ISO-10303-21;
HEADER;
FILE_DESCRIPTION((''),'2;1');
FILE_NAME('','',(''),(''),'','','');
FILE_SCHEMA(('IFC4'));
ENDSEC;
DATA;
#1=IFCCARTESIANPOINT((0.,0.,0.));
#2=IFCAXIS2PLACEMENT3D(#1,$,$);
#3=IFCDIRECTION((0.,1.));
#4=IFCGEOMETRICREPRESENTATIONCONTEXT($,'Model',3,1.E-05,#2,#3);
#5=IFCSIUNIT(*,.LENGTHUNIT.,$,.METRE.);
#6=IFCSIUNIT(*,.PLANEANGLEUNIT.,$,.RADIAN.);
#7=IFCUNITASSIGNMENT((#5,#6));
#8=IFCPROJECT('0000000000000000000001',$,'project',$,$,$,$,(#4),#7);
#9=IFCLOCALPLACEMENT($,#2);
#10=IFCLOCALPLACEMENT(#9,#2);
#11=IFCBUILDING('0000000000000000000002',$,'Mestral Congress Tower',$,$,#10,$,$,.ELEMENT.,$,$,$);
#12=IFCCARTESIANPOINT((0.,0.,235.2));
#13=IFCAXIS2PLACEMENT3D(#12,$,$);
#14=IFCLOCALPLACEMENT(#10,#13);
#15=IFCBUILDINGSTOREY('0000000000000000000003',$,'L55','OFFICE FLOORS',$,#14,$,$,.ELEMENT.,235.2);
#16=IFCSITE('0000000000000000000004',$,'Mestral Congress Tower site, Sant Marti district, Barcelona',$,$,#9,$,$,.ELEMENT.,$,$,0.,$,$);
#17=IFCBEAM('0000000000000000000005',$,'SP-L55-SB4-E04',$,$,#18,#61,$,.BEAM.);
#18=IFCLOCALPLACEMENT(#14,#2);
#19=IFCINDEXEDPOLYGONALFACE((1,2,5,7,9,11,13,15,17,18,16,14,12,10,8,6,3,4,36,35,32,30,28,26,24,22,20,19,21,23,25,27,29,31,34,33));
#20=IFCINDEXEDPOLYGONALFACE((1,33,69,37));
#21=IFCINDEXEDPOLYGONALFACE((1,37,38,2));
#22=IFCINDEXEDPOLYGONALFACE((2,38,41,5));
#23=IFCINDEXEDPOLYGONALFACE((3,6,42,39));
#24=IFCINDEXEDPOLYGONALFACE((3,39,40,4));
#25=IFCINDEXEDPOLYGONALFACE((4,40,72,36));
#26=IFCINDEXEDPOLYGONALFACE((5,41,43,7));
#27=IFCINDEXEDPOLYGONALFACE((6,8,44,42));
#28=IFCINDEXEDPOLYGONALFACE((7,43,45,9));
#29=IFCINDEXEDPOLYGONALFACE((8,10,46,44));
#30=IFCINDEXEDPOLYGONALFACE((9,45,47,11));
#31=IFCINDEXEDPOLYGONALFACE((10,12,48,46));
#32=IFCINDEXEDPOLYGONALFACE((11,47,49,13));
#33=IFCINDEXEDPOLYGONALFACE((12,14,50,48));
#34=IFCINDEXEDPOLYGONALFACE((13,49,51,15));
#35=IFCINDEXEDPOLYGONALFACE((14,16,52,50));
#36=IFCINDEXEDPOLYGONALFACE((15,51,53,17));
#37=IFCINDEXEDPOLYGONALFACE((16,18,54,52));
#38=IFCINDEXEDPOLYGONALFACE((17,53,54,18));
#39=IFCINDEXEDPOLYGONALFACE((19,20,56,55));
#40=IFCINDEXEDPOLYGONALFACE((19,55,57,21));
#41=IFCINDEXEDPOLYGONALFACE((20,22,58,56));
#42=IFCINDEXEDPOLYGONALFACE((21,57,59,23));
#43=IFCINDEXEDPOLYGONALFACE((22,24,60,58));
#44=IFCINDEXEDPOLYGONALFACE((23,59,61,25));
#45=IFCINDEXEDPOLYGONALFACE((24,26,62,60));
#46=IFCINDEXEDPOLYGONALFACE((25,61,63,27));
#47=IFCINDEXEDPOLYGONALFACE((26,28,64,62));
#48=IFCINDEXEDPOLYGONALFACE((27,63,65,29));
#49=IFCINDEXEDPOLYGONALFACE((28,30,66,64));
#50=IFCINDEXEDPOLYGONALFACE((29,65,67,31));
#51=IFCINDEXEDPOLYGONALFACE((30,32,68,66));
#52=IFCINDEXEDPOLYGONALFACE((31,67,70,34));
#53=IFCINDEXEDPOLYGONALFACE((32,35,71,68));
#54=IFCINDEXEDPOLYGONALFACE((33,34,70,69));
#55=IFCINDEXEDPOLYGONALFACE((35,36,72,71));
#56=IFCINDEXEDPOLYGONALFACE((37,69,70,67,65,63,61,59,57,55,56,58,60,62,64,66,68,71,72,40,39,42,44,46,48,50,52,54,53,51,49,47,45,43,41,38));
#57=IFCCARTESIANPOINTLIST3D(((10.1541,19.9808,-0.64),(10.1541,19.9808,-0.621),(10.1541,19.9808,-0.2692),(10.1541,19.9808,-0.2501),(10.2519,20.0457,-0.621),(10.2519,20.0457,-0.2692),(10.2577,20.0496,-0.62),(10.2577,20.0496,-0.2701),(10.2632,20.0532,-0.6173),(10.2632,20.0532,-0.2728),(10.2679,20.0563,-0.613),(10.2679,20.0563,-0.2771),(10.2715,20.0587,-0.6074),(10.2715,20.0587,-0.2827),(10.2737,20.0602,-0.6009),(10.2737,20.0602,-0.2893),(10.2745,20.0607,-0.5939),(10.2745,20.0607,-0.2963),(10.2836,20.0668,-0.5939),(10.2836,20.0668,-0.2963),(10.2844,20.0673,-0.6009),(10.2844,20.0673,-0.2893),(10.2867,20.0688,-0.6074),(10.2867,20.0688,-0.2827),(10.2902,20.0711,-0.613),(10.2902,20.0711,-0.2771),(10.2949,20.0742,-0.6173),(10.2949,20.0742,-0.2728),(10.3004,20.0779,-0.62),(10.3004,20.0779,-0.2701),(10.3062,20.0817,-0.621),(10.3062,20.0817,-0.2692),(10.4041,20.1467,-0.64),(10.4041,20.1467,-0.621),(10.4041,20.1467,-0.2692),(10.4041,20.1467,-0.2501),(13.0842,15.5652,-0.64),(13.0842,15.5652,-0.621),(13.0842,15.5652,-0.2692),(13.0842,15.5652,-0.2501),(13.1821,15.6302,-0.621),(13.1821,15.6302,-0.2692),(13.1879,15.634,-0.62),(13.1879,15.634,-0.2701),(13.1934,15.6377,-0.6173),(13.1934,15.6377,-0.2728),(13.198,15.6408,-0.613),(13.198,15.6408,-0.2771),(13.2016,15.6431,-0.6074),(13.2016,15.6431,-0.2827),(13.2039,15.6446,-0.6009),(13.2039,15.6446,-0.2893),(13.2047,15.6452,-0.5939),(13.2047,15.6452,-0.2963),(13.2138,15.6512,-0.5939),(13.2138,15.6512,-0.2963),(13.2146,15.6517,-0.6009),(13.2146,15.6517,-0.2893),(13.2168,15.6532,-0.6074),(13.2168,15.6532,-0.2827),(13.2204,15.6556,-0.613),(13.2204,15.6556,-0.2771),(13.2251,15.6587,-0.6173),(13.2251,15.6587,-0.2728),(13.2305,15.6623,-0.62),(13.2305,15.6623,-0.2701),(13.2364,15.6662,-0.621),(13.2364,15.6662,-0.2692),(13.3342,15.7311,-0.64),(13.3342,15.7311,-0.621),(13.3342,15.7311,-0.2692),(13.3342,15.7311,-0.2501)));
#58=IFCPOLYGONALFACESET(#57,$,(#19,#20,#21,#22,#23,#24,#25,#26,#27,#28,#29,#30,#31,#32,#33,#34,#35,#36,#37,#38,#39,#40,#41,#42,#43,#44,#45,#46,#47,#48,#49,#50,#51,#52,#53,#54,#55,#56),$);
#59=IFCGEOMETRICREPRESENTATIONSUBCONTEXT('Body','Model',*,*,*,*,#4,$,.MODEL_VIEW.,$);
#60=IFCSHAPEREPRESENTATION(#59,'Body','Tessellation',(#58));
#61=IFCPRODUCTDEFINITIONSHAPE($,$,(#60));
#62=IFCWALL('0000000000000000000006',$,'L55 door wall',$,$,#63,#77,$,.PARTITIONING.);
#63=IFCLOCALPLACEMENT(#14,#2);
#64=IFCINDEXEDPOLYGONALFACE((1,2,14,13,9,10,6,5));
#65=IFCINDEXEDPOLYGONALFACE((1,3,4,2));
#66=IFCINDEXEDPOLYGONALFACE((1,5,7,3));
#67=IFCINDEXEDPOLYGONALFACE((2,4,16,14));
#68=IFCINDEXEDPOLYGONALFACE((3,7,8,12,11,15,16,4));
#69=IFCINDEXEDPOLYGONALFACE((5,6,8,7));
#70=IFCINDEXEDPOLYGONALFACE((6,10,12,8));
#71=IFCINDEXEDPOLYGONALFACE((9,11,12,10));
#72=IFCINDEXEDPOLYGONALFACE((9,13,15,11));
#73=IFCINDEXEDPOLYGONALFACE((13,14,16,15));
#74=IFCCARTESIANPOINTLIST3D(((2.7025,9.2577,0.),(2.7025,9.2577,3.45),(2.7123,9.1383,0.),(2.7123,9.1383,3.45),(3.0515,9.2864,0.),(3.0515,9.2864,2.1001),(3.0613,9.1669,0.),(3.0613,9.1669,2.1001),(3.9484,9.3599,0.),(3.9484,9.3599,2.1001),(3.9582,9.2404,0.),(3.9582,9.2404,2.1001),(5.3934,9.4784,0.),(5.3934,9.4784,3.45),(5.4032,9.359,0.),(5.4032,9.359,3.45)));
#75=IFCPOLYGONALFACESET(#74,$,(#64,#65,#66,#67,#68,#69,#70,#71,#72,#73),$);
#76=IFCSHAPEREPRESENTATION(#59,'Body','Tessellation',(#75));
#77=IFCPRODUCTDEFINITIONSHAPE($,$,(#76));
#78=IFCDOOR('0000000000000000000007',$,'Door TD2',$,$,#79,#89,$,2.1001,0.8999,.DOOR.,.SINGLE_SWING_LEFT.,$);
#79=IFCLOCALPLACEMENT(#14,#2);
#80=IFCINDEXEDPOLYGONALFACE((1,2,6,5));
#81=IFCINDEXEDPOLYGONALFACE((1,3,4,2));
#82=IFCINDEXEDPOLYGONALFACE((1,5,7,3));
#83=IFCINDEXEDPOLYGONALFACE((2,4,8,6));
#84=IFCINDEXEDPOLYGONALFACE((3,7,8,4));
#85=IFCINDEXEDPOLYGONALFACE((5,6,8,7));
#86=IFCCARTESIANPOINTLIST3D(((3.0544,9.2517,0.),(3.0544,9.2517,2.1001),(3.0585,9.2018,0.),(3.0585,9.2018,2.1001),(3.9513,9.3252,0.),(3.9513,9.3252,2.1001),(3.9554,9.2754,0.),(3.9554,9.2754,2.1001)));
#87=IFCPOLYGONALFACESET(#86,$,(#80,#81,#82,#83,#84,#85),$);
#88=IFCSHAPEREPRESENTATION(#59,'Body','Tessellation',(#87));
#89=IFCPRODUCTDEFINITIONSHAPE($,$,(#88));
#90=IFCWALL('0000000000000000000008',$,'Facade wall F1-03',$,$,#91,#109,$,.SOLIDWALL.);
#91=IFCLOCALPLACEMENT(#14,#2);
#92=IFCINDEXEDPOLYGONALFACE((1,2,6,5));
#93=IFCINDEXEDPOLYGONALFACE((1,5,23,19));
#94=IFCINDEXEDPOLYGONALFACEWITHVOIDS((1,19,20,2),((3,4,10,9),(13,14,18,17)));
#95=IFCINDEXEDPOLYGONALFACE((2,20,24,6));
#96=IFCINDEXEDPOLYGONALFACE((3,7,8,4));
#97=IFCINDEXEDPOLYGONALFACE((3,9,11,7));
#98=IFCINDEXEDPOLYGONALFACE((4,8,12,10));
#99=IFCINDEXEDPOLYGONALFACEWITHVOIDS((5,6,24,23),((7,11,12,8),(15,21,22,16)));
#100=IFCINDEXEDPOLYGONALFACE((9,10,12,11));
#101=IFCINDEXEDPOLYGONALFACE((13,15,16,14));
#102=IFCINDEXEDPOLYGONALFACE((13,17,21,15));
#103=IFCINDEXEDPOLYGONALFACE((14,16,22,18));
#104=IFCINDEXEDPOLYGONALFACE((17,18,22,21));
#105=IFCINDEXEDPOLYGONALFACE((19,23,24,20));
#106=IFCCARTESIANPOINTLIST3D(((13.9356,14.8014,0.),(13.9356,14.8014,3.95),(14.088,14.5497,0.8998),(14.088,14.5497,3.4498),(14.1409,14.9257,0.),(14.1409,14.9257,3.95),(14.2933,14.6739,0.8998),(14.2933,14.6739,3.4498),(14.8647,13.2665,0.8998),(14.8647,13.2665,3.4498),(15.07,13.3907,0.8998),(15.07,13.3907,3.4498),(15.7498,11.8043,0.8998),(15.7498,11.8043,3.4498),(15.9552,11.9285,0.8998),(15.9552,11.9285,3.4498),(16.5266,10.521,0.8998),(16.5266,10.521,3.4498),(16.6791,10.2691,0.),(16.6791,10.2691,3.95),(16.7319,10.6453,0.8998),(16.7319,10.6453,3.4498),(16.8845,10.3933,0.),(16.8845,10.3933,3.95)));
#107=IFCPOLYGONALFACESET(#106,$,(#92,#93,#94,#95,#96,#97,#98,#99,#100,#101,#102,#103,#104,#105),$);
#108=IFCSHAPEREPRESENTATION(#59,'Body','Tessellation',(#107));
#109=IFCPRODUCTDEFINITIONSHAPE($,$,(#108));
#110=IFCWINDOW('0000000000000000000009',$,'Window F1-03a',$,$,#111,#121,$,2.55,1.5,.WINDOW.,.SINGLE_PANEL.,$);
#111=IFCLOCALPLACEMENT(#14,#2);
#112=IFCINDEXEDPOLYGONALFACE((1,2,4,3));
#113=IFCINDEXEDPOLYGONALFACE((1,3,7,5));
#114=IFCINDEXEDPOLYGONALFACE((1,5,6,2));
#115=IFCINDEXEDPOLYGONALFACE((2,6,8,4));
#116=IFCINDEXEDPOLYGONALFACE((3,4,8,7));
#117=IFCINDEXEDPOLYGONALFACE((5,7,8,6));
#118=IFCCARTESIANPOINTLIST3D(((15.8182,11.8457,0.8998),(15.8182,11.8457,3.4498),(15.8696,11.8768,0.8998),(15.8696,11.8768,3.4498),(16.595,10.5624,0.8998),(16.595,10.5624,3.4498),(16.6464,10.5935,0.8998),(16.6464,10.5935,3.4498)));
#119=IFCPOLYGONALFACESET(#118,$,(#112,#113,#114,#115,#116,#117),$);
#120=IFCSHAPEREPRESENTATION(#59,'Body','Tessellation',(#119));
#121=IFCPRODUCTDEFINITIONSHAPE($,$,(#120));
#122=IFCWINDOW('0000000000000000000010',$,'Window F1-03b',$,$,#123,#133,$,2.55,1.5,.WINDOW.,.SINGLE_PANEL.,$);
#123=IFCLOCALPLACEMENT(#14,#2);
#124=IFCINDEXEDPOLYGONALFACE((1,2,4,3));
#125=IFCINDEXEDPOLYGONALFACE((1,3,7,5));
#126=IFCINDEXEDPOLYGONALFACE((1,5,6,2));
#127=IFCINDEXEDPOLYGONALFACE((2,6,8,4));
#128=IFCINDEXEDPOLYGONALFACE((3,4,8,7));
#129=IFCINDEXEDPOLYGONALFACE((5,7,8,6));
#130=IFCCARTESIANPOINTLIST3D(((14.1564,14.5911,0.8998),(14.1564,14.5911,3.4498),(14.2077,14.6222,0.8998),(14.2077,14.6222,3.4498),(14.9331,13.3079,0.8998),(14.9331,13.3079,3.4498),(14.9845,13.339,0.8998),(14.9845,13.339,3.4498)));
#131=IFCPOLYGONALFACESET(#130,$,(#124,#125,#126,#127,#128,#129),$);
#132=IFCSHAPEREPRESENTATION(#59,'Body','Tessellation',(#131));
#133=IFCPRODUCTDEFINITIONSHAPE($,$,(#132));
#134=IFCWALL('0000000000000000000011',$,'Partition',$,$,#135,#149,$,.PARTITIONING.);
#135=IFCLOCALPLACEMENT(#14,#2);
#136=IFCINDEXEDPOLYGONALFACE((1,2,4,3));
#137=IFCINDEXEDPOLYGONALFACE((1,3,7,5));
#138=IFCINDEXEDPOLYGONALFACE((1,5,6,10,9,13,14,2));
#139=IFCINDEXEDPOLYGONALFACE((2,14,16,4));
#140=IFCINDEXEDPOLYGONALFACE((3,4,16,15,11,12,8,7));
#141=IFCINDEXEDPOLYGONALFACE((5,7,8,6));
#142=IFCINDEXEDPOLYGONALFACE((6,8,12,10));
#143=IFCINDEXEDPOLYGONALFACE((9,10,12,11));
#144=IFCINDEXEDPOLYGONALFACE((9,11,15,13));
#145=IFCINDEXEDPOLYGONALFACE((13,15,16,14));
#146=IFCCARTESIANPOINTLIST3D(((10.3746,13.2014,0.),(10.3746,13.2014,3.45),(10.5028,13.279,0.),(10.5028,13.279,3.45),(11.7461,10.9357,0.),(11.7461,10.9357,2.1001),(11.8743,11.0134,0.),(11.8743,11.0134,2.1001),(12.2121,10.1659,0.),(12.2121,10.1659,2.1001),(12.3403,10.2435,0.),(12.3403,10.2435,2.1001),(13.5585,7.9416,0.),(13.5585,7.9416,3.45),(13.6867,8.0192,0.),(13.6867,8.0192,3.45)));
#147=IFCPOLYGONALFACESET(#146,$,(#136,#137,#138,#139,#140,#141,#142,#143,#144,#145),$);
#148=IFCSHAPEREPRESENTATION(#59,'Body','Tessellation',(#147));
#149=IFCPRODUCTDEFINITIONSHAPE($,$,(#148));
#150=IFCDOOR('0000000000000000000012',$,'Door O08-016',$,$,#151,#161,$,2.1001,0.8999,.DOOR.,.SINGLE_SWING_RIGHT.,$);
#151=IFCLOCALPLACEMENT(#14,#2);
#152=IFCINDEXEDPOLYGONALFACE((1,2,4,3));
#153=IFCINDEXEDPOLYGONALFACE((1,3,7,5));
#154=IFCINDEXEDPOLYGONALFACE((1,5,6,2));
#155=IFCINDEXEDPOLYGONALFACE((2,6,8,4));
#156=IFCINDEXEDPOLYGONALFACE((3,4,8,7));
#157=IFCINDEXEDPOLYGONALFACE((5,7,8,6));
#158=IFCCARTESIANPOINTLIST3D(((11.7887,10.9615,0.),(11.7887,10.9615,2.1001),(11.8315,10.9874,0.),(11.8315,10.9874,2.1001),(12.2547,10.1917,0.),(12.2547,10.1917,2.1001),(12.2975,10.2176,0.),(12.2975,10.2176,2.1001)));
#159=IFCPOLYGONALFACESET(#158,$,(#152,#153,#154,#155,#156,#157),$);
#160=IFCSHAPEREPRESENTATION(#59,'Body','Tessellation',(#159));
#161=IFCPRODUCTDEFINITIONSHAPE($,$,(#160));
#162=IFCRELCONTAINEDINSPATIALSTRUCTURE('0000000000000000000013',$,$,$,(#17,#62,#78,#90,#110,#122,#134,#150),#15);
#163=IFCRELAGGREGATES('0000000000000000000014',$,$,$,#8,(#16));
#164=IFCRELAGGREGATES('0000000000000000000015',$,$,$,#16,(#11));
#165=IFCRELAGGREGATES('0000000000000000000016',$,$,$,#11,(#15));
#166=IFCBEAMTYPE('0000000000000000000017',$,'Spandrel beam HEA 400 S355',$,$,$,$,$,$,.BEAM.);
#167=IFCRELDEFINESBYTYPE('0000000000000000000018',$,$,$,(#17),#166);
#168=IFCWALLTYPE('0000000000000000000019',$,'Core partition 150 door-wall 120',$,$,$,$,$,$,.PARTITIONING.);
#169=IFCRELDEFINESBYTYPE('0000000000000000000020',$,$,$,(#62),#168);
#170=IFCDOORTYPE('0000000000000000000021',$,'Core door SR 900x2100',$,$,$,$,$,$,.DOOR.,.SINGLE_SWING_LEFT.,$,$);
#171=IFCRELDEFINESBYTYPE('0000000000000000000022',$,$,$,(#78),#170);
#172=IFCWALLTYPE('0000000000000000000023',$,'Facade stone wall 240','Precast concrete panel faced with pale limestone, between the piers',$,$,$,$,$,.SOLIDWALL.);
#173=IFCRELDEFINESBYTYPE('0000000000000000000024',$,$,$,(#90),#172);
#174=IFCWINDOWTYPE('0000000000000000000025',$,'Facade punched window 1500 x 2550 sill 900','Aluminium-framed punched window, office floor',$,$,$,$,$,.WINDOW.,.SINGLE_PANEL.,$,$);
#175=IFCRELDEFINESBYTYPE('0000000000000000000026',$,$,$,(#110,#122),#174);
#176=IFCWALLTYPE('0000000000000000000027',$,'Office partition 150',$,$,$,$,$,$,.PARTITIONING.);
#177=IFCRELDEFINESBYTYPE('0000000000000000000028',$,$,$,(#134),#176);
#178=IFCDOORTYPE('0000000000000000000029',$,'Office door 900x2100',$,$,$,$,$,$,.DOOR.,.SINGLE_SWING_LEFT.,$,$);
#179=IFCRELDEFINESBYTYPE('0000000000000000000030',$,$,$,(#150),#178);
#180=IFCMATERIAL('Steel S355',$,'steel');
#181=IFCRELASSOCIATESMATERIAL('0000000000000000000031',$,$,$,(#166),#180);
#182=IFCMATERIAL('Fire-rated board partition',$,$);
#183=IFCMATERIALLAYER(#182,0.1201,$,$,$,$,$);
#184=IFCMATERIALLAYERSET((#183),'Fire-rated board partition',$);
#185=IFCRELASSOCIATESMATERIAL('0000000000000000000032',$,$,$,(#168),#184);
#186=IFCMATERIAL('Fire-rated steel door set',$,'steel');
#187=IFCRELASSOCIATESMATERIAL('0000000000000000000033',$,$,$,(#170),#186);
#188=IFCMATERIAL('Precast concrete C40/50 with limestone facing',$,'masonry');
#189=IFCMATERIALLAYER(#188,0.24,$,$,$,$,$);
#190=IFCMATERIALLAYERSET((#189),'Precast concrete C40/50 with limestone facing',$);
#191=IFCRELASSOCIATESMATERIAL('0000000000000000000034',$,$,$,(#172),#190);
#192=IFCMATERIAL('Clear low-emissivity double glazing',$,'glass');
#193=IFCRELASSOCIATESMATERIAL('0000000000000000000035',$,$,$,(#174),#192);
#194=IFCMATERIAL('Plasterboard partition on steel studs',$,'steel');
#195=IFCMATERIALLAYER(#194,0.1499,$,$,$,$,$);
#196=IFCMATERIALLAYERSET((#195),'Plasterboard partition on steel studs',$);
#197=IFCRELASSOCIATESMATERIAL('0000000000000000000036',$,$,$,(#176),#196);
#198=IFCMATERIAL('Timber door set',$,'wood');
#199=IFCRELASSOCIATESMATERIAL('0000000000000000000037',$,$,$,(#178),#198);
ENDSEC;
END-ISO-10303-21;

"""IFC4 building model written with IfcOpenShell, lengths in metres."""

from ifc_helpers import new_model, si_unit, direction, frame, frame_2d, origin, origin_2d, place, context, subcontext, project, spatial, rectangle, i_section, extrude, material, layer, layer_set, material_profile, profile_set, type_object, element, fill, save


model = new_model("IFC4")

# Units and contexts
model_context = context("Model", 3, precision=1e-05, world=origin(), true_north=direction((0.0, 1.0)))
body_context = subcontext(model_context, "Body", "Model", "MODEL_VIEW")
ifc_project = project(units=[si_unit("LENGTHUNIT", "METRE"), si_unit("PLANEANGLEUNIT", "RADIAN")], contexts=[model_context])

# Site, building, storey
site_placement = place(None, origin())
site = spatial("IfcSite", under=ifc_project, at=site_placement, Name="Mestral Congress Tower site, Sant Marti district, Barcelona", CompositionType="ELEMENT", RefElevation=0.0)
building_placement = place(site_placement, origin())
building = spatial("IfcBuilding", under=site, at=building_placement, Name="Mestral Congress Tower", CompositionType="ELEMENT")
storey_placement = place(building_placement, frame((0.0, 0.0, 235.2)))
storey = spatial("IfcBuildingStorey", under=building, at=storey_placement, Name="L55", Description="OFFICE FLOORS", CompositionType="ELEMENT", Elevation=235.2)

# Beam
ifc_material_1 = material(Name="Steel S355", Category="steel")
ifc_material_profile_1 = material_profile(ifc_material_1, i_section(OverallWidth=0.3, OverallDepth=0.3899, WebThickness=0.011, FlangeThickness=0.019, FilletRadius=0.0271, at=origin_2d()), Name="HEA 400")
ifc_profile_set_1 = profile_set([ifc_material_profile_1], Name="Steel S355")
beam_type_1 = type_object("IfcBeamType", Name="Spandrel beam HEA 400 S355", PredefinedType="BEAM", material=ifc_profile_set_1)
for number, where, z_axis, x_axis, name in (
    (1, (13.2092, 15.6482, -0.4451), (-0.552934, 0.833225, 0.0), (-0.833225, -0.552934, 0.0), "SP-L55-SB4-E04"),
):
    element("IfcBeam", number, at=place(storey_placement, frame(where, z_axis=z_axis, x_axis=x_axis)), inside=storey, type_object=beam_type_1, Name=name, PredefinedType="BEAM", context=body_context, shape_type="SweptSolid", body=[
        extrude(i_section(OverallWidth=0.3, OverallDepth=0.3899, WebThickness=0.011, FlangeThickness=0.019, FilletRadius=0.0271, at=origin_2d()), origin(), (0.0, 0.0, 1.0), 5.2993),
    ])

# Wall, opening, door
ifc_material_2 = material(Name="Fire-rated board partition")
ifc_layer_1 = layer(ifc_material_2, 0.1201)
ifc_layer_set_1 = layer_set([ifc_layer_1], Name="Fire-rated board partition")
wall_type_1 = type_object("IfcWallType", Name="Core partition 150 door-wall 120", PredefinedType="PARTITIONING", material=ifc_layer_set_1)
wall_1_placement = place(storey_placement, frame((5.3984, 9.4187, 0.0), z_axis=(0.0, 0.0, 1.0), x_axis=(-0.996653, -0.081743, 0.0)))
wall_1 = element("IfcWall", 2, at=wall_1_placement, inside=storey, type_object=wall_type_1, Name="L55 door wall", PredefinedType="PARTITIONING", context=body_context, shape_type="SweptSolid", body=[
    extrude(rectangle(XDim=2.7, YDim=0.1199, at=frame_2d((1.3501, 0.0))), origin(), (0.0, 0.0, 1.0), 3.45),
])
opening_1_placement = place(wall_1_placement, frame((1.45, 0.0, 0.0)))
opening_1 = element("IfcOpeningElement", 3, at=opening_1_placement, cuts=wall_1, PredefinedType="OPENING", context=body_context, shape_type="SweptSolid", body=[
    extrude(rectangle(XDim=0.8999, YDim=2.1001, at=frame_2d((0.45, 1.05))), frame((0.0, 0.0698, 0.0), z_axis=(0.0, -1.0, 0.0), x_axis=(1.0, 0.0, 0.0)), (0.0, 0.0, 1.0), 0.1399),
])
ifc_material_3 = material(Name="Fire-rated steel door set", Category="steel")
door_type_1 = type_object("IfcDoorType", Name="Core door SR 900x2100", OperationType="SINGLE_SWING_LEFT", PredefinedType="DOOR", material=ifc_material_3)
door_1_placement = place(opening_1_placement, origin())
door_1 = element("IfcDoor", 4, at=door_1_placement, inside=storey, type_object=door_type_1, Name="Door TD2", OperationType="SINGLE_SWING_LEFT", OverallHeight=2.1001, OverallWidth=0.8999, PredefinedType="DOOR", context=body_context, shape_type="SweptSolid", body=[
    extrude(rectangle(XDim=0.8999, YDim=2.1001, at=frame_2d((0.45, 1.05))), frame((0.0, 0.0249, 0.0), z_axis=(0.0, -1.0, 0.0), x_axis=(1.0, 0.0, 0.0)), (0.0, 0.0, 1.0), 0.05),
])
fill(opening_1, door_1)

# Wall, openings, windows
ifc_material_4 = material(Name="Precast concrete C40/50 with limestone facing", Category="masonry")
ifc_layer_2 = layer(ifc_material_4, 0.24)
ifc_layer_set_2 = layer_set([ifc_layer_2], Name="Precast concrete C40/50 with limestone facing")
wall_type_2 = type_object("IfcWallType", Name="Facade stone wall 240", Description="Precast concrete panel faced with pale limestone, between the piers", PredefinedType="SOLIDWALL", material=ifc_layer_set_2)
wall_2_placement = place(storey_placement, frame((16.7817, 10.3313, 0.0), z_axis=(0.0, 0.0, 1.0), x_axis=(-0.517846, 0.855474, 0.0)))
wall_2 = element("IfcWall", 5, at=wall_2_placement, inside=storey, type_object=wall_type_2, Name="Facade wall F1-03", PredefinedType="SOLIDWALL", context=body_context, shape_type="SweptSolid", body=[
    extrude(rectangle(XDim=5.2981, YDim=0.24, at=frame_2d((2.6489, 0.0))), origin(), (0.0, 0.0, 1.0), 3.95),
])
opening_2_placement = place(wall_2_placement, frame((0.2944, 0.0, 0.8999)))
opening_2 = element("IfcOpeningElement", 6, at=opening_2_placement, cuts=wall_2, PredefinedType="OPENING", context=body_context, shape_type="SweptSolid", body=[
    extrude(rectangle(XDim=1.5, YDim=2.55, at=frame_2d((0.75, 1.2749))), frame((0.0, 0.1299, 0.0), z_axis=(0.0, -1.0, 0.0), x_axis=(1.0, 0.0, 0.0)), (0.0, 0.0, 1.0), 0.26),
])
opening_3_placement = place(wall_2_placement, frame((3.5037, 0.0, 0.8999)))
opening_3 = element("IfcOpeningElement", 7, at=opening_3_placement, cuts=wall_2, PredefinedType="OPENING", context=body_context, shape_type="SweptSolid", body=[
    extrude(rectangle(XDim=1.5, YDim=2.55, at=frame_2d((0.75, 1.2749))), frame((0.0, 0.1299, 0.0), z_axis=(0.0, -1.0, 0.0), x_axis=(1.0, 0.0, 0.0)), (0.0, 0.0, 1.0), 0.26),
])
ifc_material_5 = material(Name="Clear low-emissivity double glazing", Category="glass")
window_type = type_object("IfcWindowType", Name="Facade punched window 1500 x 2550 sill 900", Description="Aluminium-framed punched window, office floor", PartitioningType="SINGLE_PANEL", PredefinedType="WINDOW", material=ifc_material_5)
window_1_placement = place(opening_2_placement, origin())
window_1 = element("IfcWindow", 8, at=window_1_placement, inside=storey, type_object=window_type, Name="Window F1-03a", OverallHeight=2.55, OverallWidth=1.5, PartitioningType="SINGLE_PANEL", PredefinedType="WINDOW", context=body_context, shape_type="SweptSolid", body=[
    extrude(rectangle(XDim=1.5, YDim=2.55, at=frame_2d((0.75, 1.2749))), frame((0.0, 0.04, 0.0), z_axis=(0.0, -1.0, 0.0), x_axis=(1.0, 0.0, 0.0)), (0.0, 0.0, 1.0), 0.0601),
])
fill(opening_2, window_1)
window_2_placement = place(opening_3_placement, origin())
window_2 = element("IfcWindow", 9, at=window_2_placement, inside=storey, type_object=window_type, Name="Window F1-03b", OverallHeight=2.55, OverallWidth=1.5, PartitioningType="SINGLE_PANEL", PredefinedType="WINDOW", context=body_context, shape_type="SweptSolid", body=[
    extrude(rectangle(XDim=1.5, YDim=2.55, at=frame_2d((0.75, 1.2749))), frame((0.0, 0.04, 0.0), z_axis=(0.0, -1.0, 0.0), x_axis=(1.0, 0.0, 0.0)), (0.0, 0.0, 1.0), 0.0601),
])
fill(opening_3, window_2)

# Wall, opening, door
ifc_material_6 = material(Name="Plasterboard partition on steel studs", Category="steel")
ifc_layer_3 = layer(ifc_material_6, 0.1499)
ifc_layer_set_3 = layer_set([ifc_layer_3], Name="Plasterboard partition on steel studs")
wall_type_3 = type_object("IfcWallType", Name="Office partition 150", PredefinedType="PARTITIONING", material=ifc_layer_set_3)
wall_3_placement = place(storey_placement, frame((10.4387, 13.2402, 0.0), z_axis=(0.0, 0.0, 1.0), x_axis=(0.517838, -0.855479, 0.0)))
wall_3 = element("IfcWall", 10, at=wall_3_placement, inside=storey, type_object=wall_type_3, Name="Partition", PredefinedType="PARTITIONING", context=body_context, shape_type="SweptSolid", body=[
    extrude(rectangle(XDim=6.1484, YDim=0.1499, at=frame_2d((3.0742, 0.0))), origin(), (0.0, 0.0, 1.0), 3.45),
])
opening_4_placement = place(wall_3_placement, frame((2.6484, 0.0, 0.0)))
opening_4 = element("IfcOpeningElement", 11, at=opening_4_placement, cuts=wall_3, PredefinedType="OPENING", context=body_context, shape_type="SweptSolid", body=[
    extrude(rectangle(XDim=0.8999, YDim=2.1001, at=frame_2d((0.45, 1.05))), frame((0.0, 0.085, 0.0), z_axis=(0.0, -1.0, 0.0), x_axis=(1.0, 0.0, 0.0)), (0.0, 0.0, 1.0), 0.1699),
])
ifc_material_7 = material(Name="Timber door set", Category="wood")
door_type_2 = type_object("IfcDoorType", Name="Office door 900x2100", OperationType="SINGLE_SWING_LEFT", PredefinedType="DOOR", material=ifc_material_7)
door_2_placement = place(opening_4_placement, origin())
door_2 = element("IfcDoor", 12, at=door_2_placement, inside=storey, type_object=door_type_2, Name="Door O08-016", OperationType="SINGLE_SWING_RIGHT", OverallHeight=2.1001, OverallWidth=0.8999, PredefinedType="DOOR", context=body_context, shape_type="SweptSolid", body=[
    extrude(rectangle(XDim=0.8999, YDim=2.1001, at=frame_2d((0.45, 1.05))), frame((0.0, 0.0249, 0.0), z_axis=(0.0, -1.0, 0.0), x_axis=(1.0, 0.0, 0.0)), (0.0, 0.0, 1.0), 0.05),
])
fill(opening_4, door_2)

save(model, "model.ifc")
